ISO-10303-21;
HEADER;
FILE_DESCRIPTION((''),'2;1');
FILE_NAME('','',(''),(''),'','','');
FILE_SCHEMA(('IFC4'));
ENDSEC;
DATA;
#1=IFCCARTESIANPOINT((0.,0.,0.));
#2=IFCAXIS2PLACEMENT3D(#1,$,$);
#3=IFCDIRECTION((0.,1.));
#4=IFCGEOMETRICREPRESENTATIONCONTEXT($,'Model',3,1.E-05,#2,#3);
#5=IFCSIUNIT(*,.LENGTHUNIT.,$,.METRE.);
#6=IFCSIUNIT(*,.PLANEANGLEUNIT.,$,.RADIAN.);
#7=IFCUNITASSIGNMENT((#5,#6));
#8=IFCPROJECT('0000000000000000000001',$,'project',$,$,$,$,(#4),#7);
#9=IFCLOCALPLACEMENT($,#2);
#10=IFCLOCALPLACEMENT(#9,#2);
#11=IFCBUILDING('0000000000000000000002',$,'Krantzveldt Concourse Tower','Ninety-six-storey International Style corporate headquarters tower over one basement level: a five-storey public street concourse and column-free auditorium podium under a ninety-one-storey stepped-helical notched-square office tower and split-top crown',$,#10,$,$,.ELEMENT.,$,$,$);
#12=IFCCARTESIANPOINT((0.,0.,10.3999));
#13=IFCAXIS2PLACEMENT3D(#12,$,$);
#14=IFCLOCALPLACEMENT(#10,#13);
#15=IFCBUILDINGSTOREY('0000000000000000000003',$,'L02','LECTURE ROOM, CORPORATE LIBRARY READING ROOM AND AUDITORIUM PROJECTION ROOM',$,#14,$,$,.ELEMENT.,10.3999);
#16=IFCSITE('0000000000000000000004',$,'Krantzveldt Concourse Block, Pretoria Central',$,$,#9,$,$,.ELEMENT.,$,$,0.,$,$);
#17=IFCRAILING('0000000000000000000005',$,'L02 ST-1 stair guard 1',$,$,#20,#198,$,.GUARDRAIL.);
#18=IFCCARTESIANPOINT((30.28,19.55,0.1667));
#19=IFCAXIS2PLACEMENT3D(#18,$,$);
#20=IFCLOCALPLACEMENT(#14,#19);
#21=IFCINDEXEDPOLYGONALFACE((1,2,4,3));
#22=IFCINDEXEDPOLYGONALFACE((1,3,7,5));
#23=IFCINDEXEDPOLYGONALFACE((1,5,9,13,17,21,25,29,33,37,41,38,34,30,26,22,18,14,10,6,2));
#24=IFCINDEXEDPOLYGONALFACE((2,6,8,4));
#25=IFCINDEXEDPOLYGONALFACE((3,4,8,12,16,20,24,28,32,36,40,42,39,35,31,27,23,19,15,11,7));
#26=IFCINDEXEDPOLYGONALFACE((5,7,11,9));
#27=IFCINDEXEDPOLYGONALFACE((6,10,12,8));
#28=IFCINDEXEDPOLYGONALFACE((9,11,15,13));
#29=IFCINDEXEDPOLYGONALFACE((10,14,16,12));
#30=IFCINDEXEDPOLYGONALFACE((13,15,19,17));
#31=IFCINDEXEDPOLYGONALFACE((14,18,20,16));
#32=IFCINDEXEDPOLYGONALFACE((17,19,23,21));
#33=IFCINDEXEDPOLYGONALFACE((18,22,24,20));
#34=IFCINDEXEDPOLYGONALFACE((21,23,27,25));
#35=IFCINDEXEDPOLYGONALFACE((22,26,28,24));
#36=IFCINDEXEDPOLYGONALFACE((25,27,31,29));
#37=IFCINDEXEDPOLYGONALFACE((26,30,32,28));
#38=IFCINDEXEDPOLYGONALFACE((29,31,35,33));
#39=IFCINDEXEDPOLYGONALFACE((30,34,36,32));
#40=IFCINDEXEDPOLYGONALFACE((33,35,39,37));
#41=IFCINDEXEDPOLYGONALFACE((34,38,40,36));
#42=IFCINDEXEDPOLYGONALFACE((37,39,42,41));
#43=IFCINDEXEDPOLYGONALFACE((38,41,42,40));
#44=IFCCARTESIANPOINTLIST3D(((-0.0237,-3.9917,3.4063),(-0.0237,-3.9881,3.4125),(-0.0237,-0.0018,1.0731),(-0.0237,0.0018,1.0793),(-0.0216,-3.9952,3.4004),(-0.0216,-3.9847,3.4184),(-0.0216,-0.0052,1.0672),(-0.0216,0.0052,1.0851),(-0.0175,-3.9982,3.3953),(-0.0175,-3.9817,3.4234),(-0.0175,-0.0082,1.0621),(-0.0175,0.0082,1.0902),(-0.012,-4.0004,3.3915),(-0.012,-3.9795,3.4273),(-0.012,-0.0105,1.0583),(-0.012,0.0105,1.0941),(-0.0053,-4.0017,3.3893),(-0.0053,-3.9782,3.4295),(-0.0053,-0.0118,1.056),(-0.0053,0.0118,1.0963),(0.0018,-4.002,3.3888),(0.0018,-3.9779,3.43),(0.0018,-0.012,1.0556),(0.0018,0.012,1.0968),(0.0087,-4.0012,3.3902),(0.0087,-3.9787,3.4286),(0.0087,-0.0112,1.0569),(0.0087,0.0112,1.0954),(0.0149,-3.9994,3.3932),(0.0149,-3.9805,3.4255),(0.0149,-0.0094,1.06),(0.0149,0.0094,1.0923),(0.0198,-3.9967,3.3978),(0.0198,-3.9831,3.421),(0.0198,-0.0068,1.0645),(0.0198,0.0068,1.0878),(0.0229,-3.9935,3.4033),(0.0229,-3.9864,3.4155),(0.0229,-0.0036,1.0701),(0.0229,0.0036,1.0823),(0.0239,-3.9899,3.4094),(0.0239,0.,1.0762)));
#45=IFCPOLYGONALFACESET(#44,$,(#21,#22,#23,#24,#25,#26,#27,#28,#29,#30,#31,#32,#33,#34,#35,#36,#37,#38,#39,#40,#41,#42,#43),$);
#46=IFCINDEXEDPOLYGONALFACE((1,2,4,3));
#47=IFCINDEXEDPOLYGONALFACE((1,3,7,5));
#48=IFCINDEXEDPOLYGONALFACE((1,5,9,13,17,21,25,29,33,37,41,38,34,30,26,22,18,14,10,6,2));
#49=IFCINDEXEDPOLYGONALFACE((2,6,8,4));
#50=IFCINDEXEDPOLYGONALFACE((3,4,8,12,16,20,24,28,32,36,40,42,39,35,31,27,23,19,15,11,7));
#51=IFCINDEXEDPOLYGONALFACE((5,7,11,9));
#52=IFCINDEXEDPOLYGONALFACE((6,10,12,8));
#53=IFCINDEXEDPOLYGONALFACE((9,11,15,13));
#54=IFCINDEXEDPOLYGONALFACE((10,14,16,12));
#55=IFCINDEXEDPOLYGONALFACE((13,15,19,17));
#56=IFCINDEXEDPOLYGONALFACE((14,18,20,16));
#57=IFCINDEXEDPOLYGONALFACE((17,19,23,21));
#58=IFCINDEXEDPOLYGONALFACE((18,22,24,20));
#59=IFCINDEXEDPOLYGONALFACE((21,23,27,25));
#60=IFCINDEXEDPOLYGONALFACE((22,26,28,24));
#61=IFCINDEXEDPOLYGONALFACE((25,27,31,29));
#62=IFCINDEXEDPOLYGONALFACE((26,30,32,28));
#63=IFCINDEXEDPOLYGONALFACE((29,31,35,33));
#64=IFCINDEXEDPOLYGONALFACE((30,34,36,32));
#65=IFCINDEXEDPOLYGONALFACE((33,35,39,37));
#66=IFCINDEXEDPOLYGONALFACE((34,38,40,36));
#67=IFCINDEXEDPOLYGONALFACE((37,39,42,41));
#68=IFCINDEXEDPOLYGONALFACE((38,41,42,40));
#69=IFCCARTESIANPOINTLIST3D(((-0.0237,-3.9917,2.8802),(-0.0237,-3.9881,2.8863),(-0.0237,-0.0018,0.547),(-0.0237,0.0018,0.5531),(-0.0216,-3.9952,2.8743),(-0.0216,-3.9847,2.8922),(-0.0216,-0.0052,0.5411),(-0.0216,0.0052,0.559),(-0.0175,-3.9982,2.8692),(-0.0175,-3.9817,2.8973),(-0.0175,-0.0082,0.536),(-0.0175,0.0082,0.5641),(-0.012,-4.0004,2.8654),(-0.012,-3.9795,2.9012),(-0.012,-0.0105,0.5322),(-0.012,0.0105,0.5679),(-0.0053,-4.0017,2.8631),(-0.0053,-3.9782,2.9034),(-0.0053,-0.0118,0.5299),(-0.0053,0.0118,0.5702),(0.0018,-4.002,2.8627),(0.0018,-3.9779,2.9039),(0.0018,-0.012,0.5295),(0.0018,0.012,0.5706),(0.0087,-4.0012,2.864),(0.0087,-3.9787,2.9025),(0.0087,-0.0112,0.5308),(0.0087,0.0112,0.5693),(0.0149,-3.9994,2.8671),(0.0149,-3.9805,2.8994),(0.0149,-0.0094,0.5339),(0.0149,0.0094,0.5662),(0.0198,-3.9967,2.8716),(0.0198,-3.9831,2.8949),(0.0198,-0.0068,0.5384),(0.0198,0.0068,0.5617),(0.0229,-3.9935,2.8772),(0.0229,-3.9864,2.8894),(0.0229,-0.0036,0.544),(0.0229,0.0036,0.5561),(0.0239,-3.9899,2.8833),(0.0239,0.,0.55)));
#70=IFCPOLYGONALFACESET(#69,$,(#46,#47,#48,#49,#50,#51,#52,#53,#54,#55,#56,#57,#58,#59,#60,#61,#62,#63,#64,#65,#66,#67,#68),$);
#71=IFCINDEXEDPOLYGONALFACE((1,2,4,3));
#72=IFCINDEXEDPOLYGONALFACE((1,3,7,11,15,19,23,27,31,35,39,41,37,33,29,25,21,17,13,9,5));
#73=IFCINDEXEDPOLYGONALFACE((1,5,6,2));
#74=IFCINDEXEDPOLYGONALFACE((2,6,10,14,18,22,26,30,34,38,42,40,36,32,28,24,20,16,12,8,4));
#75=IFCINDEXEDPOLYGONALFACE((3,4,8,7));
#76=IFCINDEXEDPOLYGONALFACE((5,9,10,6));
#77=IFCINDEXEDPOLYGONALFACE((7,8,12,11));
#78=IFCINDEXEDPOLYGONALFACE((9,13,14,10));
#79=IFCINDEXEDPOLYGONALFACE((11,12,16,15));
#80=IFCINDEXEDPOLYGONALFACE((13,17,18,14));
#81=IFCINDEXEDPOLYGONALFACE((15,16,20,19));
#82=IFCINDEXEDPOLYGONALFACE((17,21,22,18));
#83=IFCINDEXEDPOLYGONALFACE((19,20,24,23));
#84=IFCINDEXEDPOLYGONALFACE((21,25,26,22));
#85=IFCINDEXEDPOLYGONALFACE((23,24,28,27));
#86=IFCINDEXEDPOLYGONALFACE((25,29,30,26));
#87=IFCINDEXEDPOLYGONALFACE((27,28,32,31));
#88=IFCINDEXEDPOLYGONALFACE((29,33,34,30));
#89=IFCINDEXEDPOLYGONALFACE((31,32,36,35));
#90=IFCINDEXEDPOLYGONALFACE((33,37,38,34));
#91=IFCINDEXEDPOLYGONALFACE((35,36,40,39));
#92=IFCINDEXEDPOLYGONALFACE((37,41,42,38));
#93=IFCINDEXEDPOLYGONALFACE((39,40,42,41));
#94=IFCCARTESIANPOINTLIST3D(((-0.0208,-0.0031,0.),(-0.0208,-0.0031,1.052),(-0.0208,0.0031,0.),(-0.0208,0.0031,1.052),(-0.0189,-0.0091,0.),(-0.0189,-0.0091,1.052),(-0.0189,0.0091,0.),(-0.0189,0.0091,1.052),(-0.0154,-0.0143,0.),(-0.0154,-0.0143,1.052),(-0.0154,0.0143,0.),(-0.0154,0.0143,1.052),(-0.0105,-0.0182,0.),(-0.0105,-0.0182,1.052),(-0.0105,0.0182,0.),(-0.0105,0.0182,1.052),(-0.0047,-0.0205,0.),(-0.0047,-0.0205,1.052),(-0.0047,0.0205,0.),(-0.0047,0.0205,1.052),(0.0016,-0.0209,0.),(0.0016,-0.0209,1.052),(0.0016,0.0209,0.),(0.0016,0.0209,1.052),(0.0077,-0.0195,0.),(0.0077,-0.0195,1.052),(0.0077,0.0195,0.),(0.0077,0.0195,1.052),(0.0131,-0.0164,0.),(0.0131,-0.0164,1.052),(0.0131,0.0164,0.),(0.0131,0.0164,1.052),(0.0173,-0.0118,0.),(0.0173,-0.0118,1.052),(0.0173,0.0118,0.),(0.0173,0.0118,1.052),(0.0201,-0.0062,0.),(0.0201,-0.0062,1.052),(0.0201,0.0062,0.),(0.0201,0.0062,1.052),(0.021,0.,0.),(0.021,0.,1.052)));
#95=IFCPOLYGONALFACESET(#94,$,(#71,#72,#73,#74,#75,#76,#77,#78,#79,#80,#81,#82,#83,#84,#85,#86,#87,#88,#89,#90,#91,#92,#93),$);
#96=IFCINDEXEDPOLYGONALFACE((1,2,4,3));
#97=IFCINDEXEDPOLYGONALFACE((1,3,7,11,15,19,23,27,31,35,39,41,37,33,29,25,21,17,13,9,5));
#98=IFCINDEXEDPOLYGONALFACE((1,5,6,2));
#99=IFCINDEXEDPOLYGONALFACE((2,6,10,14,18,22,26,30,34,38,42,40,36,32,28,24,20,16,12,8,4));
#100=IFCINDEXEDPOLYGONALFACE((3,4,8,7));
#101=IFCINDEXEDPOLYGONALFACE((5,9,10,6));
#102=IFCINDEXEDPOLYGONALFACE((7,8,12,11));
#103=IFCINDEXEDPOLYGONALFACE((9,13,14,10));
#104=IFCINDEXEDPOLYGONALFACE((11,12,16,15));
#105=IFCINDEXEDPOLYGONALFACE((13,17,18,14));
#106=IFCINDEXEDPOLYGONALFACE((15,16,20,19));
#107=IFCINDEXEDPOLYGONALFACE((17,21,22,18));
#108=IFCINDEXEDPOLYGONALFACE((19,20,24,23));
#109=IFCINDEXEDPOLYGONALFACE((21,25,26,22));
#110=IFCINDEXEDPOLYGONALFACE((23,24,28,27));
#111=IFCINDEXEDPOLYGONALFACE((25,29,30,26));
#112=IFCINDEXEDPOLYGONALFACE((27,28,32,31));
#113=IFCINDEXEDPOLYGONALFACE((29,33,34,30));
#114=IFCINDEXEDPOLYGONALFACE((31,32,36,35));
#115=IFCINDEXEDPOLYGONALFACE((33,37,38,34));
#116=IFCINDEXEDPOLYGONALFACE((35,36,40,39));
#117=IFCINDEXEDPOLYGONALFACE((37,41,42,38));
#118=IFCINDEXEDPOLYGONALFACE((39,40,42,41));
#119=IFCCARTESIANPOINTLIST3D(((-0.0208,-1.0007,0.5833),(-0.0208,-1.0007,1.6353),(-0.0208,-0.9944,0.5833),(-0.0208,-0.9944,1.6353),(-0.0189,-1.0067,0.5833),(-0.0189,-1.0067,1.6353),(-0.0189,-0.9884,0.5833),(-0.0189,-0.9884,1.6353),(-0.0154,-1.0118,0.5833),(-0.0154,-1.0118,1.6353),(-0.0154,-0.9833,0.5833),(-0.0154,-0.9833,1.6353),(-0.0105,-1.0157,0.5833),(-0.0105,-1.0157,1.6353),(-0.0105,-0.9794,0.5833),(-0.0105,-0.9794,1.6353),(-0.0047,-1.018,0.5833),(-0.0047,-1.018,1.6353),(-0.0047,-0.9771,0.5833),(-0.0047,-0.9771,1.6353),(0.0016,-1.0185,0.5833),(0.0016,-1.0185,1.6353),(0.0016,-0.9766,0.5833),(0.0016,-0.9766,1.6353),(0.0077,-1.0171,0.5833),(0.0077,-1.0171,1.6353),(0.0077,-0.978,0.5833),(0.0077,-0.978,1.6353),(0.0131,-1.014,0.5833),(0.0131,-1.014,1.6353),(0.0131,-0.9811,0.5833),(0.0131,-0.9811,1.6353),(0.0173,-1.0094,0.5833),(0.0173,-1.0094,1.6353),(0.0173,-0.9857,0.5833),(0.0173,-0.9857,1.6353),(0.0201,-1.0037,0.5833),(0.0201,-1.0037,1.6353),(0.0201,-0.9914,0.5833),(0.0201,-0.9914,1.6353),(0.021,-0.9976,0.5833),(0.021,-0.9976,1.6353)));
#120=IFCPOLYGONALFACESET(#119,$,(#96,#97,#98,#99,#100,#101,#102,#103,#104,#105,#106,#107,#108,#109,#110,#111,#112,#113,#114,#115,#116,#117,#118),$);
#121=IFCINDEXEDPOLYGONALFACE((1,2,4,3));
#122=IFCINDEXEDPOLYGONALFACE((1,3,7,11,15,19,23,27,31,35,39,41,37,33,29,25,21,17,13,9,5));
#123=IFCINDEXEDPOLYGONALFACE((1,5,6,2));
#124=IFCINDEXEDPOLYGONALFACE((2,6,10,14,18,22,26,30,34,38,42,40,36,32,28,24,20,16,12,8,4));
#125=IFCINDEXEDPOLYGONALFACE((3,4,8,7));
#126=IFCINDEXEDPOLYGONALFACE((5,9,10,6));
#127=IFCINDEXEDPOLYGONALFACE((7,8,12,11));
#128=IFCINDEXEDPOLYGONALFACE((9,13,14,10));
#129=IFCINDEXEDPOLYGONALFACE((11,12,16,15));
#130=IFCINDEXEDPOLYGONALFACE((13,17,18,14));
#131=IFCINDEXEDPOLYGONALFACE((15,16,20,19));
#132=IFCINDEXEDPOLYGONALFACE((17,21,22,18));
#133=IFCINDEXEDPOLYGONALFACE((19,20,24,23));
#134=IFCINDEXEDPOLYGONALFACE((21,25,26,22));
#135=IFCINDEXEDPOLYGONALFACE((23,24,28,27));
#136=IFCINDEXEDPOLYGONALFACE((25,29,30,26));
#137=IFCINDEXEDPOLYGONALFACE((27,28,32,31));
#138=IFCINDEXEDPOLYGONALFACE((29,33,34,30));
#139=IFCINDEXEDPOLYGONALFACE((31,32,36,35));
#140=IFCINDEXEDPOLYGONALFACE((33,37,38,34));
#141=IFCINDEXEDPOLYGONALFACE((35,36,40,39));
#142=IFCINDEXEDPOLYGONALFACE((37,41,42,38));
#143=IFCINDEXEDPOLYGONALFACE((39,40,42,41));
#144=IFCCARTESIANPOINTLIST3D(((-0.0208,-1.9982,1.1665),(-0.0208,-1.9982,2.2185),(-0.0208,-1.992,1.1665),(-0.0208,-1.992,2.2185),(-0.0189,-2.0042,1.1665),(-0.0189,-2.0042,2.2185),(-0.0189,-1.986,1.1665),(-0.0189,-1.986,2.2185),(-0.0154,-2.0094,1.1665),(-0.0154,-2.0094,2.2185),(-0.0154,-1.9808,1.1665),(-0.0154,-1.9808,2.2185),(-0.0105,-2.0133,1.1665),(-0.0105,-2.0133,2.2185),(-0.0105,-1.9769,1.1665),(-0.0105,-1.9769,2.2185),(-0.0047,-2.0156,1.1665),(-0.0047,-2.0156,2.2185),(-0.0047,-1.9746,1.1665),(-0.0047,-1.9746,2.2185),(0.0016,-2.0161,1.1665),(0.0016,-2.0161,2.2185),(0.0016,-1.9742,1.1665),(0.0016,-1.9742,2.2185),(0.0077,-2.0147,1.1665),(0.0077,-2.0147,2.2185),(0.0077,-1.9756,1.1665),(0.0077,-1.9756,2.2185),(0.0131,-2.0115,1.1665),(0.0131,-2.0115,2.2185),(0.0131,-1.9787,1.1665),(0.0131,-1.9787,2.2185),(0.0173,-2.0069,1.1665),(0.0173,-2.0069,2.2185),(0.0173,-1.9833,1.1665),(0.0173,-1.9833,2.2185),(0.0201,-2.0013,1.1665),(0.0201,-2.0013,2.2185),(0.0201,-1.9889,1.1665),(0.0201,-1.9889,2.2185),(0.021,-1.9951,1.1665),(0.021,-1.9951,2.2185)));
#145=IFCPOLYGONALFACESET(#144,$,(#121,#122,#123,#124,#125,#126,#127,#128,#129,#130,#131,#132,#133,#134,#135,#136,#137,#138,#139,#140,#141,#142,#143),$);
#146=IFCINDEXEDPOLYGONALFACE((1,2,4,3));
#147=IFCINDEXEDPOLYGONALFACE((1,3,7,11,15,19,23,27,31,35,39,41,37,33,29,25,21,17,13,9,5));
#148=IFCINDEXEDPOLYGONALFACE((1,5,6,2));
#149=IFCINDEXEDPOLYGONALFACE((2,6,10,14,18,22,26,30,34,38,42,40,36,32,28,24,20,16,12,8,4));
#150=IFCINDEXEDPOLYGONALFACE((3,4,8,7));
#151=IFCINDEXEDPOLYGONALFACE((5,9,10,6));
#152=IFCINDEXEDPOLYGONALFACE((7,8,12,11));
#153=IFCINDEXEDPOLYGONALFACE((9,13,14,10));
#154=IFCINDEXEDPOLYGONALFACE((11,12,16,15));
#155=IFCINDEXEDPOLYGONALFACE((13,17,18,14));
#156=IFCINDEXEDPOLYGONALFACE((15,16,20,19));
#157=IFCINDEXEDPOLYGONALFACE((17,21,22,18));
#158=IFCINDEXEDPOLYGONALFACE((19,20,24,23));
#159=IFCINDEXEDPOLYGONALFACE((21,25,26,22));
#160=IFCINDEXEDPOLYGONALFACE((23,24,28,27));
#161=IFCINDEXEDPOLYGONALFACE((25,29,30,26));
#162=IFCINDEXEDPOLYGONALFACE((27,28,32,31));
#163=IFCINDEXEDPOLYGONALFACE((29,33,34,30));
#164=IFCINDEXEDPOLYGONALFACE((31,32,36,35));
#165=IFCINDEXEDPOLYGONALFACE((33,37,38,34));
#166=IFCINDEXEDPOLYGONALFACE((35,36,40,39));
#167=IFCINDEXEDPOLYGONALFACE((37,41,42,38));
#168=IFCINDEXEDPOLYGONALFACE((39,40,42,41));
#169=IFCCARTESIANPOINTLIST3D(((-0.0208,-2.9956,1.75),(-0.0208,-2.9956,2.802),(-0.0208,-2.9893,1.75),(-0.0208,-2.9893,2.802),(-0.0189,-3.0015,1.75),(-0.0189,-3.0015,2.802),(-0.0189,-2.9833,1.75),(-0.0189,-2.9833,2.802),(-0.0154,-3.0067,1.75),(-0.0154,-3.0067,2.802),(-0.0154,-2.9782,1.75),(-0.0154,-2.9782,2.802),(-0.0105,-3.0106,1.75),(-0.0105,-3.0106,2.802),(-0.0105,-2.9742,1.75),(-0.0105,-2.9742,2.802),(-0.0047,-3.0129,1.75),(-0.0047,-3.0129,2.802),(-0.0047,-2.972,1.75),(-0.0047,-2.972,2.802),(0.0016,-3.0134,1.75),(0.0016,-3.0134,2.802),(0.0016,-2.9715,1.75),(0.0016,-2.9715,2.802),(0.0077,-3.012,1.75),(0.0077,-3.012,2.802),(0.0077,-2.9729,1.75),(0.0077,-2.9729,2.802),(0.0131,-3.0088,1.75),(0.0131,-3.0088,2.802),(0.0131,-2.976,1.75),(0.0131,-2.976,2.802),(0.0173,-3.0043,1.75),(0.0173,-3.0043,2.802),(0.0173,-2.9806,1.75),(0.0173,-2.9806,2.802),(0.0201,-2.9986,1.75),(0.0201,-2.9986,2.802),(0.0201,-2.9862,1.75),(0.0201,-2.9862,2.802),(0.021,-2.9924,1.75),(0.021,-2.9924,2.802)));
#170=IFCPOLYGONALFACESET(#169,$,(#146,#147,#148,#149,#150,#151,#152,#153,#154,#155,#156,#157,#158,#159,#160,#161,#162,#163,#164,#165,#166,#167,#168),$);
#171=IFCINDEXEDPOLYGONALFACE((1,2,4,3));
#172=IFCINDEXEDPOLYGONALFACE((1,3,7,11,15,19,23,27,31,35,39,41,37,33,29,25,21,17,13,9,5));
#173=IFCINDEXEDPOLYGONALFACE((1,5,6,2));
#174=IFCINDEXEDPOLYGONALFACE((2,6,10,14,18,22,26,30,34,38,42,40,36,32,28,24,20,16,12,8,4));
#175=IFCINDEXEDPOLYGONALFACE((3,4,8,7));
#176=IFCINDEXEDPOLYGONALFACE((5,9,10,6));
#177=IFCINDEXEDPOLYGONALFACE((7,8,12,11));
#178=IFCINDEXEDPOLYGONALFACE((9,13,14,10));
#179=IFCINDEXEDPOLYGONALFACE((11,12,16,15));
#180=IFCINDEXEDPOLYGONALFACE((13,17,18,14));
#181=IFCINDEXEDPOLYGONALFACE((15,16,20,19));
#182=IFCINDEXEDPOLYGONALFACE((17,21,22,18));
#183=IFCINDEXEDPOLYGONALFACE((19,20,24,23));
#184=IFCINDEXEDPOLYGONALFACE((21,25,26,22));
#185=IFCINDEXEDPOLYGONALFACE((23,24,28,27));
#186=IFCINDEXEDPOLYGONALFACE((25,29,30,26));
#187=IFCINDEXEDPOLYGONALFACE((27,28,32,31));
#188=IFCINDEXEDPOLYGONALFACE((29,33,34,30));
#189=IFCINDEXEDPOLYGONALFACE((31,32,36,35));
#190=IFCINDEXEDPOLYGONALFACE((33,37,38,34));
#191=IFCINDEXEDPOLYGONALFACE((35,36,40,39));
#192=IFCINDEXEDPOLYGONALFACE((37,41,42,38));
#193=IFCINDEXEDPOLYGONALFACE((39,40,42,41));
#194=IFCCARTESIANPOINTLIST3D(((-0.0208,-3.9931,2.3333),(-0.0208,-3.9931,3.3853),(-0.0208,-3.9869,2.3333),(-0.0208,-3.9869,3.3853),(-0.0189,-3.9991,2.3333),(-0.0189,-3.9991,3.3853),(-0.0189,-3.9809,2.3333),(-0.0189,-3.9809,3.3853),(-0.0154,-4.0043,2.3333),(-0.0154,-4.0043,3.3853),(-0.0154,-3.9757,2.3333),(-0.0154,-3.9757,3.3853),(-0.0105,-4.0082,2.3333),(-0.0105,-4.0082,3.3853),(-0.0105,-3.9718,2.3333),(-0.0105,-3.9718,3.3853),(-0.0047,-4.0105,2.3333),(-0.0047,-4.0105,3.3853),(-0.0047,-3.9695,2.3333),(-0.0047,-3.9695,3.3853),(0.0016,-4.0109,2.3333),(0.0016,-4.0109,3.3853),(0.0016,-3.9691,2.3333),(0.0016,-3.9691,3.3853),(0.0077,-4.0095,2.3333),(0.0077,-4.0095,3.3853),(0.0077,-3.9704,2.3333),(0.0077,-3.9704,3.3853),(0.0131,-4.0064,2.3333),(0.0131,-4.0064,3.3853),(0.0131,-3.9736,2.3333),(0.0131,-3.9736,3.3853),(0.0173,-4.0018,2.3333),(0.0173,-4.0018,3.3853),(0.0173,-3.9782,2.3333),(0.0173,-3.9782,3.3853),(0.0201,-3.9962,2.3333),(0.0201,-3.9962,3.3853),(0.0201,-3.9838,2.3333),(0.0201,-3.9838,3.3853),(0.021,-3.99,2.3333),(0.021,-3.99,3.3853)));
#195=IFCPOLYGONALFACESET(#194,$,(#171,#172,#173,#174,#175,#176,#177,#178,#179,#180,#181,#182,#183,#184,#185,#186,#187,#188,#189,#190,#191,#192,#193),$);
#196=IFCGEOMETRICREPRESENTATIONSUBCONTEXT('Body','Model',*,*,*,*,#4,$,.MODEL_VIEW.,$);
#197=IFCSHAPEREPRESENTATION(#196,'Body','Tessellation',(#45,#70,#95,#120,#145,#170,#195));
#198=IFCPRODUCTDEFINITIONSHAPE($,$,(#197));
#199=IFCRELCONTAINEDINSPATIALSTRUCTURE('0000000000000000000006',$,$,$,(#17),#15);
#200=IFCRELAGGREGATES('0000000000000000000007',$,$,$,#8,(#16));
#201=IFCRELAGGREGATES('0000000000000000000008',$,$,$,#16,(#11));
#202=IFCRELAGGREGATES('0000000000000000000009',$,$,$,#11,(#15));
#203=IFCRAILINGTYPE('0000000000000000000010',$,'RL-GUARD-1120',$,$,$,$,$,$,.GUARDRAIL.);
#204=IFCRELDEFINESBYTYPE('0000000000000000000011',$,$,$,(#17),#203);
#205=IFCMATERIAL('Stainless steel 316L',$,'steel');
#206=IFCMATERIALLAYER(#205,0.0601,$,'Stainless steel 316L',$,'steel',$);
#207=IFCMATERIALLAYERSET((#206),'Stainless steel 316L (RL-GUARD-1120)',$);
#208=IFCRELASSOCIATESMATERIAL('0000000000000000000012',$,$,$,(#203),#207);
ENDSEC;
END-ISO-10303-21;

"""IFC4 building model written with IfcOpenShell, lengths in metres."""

from ifc_helpers import new_model, si_unit, direction, frame, origin, origin_2d, place, context, subcontext, project, spatial, circle, extrude, material, layer, layer_set, type_object, element, save


model = new_model("IFC4")

# Units and contexts
model_context = context("Model", 3, precision=1e-05, world=origin(), true_north=direction((0.0, 1.0)))
body_context = subcontext(model_context, "Body", "Model", "MODEL_VIEW")
ifc_project = project(units=[si_unit("LENGTHUNIT", "METRE"), si_unit("PLANEANGLEUNIT", "RADIAN")], contexts=[model_context])

# Site, building, storey
site_placement = place(None, origin())
site = spatial("IfcSite", under=ifc_project, at=site_placement, Name="Krantzveldt Concourse Block, Pretoria Central", CompositionType="ELEMENT", RefElevation=0.0)
building_placement = place(site_placement, origin())
building = spatial("IfcBuilding", under=site, at=building_placement, Name="Krantzveldt Concourse Tower", Description="Ninety-six-storey International Style corporate headquarters tower over one basement level: a five-storey public street concourse and column-free auditorium podium under a ninety-one-storey stepped-helical notched-square office tower and split-top crown", CompositionType="ELEMENT")
storey_placement = place(building_placement, frame((0.0, 0.0, 10.3999)))
storey = spatial("IfcBuildingStorey", under=building, at=storey_placement, Name="L02", Description="LECTURE ROOM, CORPORATE LIBRARY READING ROOM AND AUDITORIUM PROJECTION ROOM", CompositionType="ELEMENT", Elevation=10.3999)

# Shared definitions
ifc_material_1 = material(Name="Stainless steel 316L", Category="steel")

# Railing
ifc_layer_1 = layer(ifc_material_1, 0.0601, Name="Stainless steel 316L", Category="steel")
ifc_layer_set_1 = layer_set([ifc_layer_1], Name="Stainless steel 316L (RL-GUARD-1120)")
railing_type_1 = type_object("IfcRailingType", Name="RL-GUARD-1120", PredefinedType="GUARDRAIL", material=ifc_layer_set_1)
railing_1_placement = place(storey_placement, frame((30.28, 19.55, 0.1667)))
element("IfcRailing", 1, at=railing_1_placement, inside=storey, type_object=railing_type_1, Name="L02 ST-1 stair guard 1", PredefinedType="GUARDRAIL", context=body_context, shape_type="SweptSolid", body=[
    extrude(circle(Radius=0.0239, at=origin_2d()), frame((0.0, 0.0, 1.0762), z_axis=(0.0, -0.863236, 0.5048), x_axis=(1.0, 0.0, 0.0)), (0.0, 0.0, 1.0), 4.6221),
    extrude(circle(Radius=0.0239, at=origin_2d()), frame((0.0, 0.0, 0.55), z_axis=(0.0, -0.863236, 0.5048), x_axis=(1.0, 0.0, 0.0)), (0.0, 0.0, 1.0), 4.6221),
    extrude(circle(Radius=0.021, at=origin_2d()), origin(), (0.0, 0.0, 1.0), 1.052),
    extrude(circle(Radius=0.021, at=origin_2d()), frame((0.0, -0.9976, 0.5833)), (0.0, 0.0, 1.0), 1.052),
    extrude(circle(Radius=0.021, at=origin_2d()), frame((0.0, -1.9951, 1.1665)), (0.0, 0.0, 1.0), 1.052),
    extrude(circle(Radius=0.021, at=origin_2d()), frame((0.0, -2.9924, 1.75)), (0.0, 0.0, 1.0), 1.052),
    extrude(circle(Radius=0.021, at=origin_2d()), frame((0.0, -3.99, 2.3333)), (0.0, 0.0, 1.0), 1.052),
])

save(model, "model.ifc")
